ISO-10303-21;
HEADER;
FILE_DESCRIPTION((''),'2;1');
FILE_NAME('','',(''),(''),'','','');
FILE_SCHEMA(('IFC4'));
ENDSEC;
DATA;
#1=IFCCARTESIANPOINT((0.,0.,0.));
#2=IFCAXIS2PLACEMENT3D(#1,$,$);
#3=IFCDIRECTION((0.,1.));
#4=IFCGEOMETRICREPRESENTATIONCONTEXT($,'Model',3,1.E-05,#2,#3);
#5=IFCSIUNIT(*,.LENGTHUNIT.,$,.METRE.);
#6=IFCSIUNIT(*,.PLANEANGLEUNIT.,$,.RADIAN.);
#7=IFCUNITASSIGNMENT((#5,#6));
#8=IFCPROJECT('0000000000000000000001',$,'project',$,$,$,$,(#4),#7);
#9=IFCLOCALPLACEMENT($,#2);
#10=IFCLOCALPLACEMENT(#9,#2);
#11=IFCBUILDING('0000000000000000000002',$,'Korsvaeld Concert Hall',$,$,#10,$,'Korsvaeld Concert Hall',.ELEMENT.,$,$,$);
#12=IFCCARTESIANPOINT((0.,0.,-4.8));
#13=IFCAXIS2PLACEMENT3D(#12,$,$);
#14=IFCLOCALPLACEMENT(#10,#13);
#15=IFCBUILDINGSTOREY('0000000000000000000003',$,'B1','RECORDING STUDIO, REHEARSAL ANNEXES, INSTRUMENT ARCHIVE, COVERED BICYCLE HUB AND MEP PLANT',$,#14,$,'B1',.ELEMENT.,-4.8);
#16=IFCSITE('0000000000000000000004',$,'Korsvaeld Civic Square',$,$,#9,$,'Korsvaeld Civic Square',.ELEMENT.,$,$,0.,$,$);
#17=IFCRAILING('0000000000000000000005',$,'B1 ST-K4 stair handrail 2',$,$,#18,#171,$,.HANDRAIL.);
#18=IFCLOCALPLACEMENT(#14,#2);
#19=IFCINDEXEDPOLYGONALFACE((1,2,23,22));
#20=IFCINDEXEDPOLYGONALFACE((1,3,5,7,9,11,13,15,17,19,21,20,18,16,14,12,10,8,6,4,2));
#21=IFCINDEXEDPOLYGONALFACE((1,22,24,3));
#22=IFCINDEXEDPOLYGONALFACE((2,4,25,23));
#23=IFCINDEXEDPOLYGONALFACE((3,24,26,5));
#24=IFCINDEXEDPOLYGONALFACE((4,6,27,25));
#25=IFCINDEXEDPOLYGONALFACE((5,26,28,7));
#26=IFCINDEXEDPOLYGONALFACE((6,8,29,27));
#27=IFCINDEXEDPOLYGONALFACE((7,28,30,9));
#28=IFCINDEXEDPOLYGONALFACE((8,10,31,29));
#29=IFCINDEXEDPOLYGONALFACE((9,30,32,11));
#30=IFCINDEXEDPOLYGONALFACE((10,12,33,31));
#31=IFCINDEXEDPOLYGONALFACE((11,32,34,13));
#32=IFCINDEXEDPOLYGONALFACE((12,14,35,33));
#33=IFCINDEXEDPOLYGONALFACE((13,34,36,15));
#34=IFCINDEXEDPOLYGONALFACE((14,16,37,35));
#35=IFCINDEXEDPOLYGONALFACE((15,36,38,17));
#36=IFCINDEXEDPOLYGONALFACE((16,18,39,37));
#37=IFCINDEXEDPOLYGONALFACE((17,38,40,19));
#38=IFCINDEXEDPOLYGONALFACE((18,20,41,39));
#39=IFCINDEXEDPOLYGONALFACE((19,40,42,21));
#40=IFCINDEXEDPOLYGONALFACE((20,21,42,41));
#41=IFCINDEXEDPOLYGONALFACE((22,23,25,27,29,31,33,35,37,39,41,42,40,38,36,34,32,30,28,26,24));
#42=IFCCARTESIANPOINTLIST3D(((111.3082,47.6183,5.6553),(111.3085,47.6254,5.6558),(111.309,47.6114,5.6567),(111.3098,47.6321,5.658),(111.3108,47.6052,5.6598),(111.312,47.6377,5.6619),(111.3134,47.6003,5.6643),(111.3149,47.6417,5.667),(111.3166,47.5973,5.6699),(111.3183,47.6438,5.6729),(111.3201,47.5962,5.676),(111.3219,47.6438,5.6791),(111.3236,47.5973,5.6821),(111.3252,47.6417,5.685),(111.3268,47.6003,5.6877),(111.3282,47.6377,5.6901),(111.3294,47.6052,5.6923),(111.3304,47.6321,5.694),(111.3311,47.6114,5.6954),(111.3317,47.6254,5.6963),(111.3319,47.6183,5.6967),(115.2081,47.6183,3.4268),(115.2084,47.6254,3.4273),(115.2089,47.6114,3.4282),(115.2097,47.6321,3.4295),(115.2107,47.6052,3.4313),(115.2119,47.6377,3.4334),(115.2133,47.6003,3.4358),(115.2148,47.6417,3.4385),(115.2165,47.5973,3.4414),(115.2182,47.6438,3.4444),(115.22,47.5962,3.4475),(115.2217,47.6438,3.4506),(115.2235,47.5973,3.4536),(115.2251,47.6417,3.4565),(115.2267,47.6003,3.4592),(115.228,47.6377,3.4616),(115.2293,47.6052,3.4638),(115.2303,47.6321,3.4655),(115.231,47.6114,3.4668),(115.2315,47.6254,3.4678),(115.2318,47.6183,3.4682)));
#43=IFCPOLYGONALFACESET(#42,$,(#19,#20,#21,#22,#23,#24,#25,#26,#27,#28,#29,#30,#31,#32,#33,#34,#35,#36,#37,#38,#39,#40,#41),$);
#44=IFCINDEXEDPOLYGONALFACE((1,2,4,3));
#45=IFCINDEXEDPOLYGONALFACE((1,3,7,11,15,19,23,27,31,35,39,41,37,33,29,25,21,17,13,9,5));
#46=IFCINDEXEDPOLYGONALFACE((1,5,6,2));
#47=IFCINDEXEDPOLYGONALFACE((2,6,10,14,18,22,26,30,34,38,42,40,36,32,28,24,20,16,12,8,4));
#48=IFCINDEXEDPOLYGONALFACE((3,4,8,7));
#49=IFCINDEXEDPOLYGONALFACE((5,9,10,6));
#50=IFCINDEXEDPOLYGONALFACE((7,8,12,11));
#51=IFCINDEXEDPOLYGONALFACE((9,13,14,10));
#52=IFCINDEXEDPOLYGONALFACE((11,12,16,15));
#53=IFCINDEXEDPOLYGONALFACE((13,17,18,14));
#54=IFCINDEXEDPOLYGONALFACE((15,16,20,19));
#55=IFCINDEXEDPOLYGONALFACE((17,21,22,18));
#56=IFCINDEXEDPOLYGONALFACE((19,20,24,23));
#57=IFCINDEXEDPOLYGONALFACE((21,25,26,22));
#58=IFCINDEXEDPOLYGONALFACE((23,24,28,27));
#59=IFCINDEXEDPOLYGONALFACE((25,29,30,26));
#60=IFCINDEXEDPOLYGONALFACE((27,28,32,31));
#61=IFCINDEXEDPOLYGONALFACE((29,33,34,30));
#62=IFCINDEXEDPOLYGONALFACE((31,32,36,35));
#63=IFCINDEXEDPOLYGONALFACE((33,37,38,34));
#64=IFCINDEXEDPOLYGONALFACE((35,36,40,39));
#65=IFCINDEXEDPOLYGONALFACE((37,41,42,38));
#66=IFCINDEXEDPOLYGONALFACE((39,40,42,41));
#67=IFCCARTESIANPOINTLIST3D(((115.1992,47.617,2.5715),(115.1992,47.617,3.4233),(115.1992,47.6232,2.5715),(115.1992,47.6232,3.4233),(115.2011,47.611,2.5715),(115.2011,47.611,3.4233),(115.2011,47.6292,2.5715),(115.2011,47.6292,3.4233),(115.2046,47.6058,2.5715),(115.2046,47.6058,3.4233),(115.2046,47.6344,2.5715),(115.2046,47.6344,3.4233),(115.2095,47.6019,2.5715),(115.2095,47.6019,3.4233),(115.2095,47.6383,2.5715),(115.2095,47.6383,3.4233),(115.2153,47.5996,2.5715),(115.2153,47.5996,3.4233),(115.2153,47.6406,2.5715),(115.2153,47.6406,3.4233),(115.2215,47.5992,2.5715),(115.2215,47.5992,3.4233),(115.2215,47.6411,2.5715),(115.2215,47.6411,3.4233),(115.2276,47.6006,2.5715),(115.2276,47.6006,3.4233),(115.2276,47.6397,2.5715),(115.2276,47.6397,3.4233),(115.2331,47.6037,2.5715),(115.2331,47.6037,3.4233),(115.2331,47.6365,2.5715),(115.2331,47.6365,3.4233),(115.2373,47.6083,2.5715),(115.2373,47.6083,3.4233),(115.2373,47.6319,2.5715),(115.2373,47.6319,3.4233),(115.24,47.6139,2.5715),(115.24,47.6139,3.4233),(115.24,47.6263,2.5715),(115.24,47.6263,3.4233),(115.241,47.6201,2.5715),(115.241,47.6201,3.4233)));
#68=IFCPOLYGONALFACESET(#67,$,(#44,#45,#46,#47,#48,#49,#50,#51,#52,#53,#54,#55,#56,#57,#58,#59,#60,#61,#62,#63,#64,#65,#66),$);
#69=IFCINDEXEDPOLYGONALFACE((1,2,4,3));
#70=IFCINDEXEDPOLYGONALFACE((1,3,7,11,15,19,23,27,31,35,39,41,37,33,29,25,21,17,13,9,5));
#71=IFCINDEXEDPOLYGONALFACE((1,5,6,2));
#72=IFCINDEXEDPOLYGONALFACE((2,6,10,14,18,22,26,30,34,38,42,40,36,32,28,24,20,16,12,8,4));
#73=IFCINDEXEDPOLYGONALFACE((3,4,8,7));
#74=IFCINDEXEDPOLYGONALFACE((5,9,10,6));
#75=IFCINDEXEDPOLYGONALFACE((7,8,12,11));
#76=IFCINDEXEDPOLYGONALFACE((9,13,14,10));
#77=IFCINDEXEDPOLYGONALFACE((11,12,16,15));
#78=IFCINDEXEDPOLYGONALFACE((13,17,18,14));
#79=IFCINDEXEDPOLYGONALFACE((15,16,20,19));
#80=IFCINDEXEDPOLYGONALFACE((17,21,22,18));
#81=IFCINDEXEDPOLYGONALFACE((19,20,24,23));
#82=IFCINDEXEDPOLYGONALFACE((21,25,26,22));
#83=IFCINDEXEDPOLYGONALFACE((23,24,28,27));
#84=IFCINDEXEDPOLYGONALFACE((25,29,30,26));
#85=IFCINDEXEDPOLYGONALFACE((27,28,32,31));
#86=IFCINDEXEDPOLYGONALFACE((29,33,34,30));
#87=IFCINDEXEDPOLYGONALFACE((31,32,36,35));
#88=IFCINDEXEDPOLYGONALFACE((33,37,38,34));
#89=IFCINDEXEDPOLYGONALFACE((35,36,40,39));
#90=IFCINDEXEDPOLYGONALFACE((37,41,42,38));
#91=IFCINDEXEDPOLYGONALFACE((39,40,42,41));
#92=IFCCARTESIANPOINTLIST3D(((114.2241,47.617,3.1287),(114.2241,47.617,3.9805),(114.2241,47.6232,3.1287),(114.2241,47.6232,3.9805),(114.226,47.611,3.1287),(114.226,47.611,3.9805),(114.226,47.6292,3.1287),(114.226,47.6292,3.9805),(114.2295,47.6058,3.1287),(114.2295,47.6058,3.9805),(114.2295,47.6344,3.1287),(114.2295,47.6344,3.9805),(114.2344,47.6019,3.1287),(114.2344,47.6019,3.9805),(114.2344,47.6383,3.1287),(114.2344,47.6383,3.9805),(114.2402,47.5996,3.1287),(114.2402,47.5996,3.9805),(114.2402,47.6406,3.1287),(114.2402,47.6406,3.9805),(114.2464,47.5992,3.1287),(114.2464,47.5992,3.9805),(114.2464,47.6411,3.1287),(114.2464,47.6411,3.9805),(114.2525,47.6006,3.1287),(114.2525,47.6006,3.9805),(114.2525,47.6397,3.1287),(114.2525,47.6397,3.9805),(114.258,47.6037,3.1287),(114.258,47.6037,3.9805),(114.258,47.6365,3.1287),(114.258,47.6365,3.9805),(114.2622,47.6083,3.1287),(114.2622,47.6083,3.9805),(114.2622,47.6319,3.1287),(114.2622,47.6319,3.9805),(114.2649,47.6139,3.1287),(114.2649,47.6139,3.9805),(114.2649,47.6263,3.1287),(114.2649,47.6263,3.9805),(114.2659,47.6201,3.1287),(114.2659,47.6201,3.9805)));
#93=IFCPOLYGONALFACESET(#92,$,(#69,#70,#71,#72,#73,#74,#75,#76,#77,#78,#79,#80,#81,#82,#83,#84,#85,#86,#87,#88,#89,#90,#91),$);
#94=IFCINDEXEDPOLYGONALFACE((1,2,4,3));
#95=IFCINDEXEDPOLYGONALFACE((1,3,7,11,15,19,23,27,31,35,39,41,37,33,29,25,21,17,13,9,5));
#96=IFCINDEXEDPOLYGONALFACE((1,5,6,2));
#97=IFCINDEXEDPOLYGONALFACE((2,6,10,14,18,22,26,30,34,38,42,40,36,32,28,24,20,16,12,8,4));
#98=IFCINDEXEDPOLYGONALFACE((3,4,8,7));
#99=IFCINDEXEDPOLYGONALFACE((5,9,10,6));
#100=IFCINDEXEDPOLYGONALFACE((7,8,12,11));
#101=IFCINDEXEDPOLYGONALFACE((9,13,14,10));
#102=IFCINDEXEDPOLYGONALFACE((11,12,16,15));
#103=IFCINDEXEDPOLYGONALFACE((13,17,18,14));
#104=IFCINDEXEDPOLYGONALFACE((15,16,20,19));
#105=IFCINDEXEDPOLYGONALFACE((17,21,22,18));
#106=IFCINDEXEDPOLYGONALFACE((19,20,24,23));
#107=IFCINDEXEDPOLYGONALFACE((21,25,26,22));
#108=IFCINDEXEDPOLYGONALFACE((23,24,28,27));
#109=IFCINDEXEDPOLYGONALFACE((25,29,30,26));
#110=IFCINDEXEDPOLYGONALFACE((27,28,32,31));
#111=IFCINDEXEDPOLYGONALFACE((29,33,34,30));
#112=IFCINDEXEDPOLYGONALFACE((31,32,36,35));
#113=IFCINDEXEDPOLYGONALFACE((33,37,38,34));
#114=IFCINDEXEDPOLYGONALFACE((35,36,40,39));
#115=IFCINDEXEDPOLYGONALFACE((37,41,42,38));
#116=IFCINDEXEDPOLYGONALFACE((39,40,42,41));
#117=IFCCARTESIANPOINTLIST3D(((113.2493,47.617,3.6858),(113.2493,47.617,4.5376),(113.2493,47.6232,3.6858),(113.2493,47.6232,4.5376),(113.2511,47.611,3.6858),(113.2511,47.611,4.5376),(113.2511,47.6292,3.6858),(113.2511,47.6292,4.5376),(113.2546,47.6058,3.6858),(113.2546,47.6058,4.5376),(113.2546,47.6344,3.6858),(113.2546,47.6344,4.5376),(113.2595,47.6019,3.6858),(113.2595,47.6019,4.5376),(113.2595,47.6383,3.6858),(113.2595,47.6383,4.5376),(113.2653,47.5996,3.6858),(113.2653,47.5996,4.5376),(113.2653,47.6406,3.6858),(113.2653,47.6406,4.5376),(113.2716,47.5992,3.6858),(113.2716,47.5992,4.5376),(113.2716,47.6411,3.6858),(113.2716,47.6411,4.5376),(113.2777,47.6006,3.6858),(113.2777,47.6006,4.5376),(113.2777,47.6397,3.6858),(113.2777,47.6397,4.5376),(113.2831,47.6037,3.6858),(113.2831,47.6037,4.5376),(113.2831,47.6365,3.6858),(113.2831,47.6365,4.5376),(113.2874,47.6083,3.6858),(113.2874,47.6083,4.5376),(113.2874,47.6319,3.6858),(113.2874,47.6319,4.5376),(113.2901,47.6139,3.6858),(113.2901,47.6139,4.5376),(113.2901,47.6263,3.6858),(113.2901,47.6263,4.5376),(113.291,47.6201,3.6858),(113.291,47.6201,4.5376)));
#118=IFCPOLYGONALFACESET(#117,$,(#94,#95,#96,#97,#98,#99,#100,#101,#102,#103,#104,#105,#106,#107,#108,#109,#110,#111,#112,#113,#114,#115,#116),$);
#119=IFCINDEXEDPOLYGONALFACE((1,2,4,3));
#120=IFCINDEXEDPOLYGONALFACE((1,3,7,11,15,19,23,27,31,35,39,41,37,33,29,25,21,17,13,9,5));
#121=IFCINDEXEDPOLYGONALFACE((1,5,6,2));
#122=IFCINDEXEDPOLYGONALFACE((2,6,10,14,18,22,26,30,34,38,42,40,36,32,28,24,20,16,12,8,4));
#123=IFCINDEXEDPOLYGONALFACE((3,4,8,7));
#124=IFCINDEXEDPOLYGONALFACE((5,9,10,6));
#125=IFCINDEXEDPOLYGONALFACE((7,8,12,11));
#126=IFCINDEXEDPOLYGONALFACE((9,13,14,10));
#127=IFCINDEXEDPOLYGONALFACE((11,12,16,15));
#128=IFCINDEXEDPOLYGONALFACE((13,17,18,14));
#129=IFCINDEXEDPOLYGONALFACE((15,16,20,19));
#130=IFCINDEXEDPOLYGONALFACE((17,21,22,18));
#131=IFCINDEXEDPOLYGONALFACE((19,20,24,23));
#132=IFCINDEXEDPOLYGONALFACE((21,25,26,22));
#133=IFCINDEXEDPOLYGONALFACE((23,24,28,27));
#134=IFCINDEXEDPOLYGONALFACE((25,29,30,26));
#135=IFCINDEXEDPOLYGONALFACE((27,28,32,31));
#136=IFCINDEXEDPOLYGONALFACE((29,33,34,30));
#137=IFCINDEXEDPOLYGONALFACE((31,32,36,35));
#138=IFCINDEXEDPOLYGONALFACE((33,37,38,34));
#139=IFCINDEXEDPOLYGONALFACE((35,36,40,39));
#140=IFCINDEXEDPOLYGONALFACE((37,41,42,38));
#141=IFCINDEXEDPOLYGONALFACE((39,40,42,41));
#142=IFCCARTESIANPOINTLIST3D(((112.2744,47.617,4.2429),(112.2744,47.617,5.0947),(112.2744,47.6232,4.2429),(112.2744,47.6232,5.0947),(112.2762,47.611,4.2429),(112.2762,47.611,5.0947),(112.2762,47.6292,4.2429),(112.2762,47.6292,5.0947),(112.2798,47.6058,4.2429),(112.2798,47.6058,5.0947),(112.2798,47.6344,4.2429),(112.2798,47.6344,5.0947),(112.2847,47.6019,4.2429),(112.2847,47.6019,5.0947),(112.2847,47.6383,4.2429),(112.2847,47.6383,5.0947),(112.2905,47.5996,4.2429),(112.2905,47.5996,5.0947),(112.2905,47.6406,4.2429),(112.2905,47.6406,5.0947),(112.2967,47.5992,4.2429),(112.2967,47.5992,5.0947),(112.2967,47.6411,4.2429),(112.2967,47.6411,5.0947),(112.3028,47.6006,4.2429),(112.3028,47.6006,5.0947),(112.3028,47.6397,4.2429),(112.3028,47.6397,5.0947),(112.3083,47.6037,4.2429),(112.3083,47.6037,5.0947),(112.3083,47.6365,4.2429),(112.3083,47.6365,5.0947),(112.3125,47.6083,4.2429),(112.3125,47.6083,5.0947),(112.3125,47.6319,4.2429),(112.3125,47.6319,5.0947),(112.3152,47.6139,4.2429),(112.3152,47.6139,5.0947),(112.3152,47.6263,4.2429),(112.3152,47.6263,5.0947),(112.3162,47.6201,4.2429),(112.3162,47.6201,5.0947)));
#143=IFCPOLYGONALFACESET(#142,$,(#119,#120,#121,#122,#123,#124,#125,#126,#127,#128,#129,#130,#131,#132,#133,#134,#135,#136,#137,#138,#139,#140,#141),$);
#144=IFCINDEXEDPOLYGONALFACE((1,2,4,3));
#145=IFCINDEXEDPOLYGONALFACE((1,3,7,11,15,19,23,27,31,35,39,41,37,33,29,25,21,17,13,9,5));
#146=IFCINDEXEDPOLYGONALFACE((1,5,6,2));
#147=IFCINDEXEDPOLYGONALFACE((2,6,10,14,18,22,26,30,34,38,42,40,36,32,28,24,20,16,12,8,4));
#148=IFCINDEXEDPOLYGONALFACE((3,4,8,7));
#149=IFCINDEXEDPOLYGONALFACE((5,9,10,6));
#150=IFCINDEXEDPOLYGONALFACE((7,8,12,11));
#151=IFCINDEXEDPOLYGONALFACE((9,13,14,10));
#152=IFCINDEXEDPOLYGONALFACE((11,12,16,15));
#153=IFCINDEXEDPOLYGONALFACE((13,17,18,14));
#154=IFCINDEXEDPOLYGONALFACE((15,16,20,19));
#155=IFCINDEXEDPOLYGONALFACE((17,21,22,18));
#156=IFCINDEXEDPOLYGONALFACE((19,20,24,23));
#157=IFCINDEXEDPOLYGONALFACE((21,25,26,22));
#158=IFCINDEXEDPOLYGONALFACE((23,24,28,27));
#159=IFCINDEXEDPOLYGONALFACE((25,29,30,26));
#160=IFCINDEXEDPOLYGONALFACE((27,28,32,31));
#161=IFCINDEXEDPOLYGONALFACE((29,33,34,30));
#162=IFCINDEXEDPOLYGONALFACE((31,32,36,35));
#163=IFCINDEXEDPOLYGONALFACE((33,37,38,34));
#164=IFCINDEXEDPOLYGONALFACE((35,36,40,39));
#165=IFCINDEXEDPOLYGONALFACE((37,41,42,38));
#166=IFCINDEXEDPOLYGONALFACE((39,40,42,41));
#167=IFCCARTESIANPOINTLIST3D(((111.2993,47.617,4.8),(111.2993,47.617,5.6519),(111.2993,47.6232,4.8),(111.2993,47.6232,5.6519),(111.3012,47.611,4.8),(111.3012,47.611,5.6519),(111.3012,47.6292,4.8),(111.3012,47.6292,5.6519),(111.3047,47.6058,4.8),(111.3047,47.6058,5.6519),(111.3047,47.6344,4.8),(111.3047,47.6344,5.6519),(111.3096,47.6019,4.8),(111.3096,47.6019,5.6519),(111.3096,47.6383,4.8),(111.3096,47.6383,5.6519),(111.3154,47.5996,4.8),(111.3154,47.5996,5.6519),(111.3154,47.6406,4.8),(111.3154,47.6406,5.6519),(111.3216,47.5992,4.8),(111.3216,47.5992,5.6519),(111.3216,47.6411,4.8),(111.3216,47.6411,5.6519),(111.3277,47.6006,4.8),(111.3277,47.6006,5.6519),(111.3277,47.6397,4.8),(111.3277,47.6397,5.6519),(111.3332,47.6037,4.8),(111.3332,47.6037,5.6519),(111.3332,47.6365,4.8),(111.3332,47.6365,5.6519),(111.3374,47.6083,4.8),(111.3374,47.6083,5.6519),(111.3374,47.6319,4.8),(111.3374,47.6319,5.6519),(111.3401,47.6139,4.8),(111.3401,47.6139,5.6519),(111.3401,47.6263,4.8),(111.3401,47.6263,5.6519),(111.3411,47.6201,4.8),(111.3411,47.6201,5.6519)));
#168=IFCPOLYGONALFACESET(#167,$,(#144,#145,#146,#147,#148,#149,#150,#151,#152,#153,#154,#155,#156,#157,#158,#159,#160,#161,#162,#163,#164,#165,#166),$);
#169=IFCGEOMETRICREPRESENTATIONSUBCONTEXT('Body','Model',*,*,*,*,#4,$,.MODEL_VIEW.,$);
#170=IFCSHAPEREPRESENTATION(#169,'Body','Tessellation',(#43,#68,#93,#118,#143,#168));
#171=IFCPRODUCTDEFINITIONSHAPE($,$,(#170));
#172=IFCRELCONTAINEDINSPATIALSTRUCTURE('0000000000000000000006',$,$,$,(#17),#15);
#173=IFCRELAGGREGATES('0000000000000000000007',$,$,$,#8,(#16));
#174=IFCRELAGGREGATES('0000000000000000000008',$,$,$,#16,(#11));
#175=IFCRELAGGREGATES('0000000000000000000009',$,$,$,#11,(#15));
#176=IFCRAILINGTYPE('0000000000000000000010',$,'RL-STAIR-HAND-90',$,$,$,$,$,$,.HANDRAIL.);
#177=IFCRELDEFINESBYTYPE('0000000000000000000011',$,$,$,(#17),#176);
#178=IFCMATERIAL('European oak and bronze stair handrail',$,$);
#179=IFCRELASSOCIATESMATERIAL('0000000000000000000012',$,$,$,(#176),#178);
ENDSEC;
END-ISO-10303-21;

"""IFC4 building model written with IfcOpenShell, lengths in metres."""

from ifc_helpers import new_model, si_unit, direction, frame, origin, origin_2d, place, context, subcontext, project, spatial, circle, extrude, material, type_object, element, save


model = new_model("IFC4")

# Units and contexts
model_context = context("Model", 3, precision=1e-05, world=origin(), true_north=direction((0.0, 1.0)))
body_context = subcontext(model_context, "Body", "Model", "MODEL_VIEW")
ifc_project = project(units=[si_unit("LENGTHUNIT", "METRE"), si_unit("PLANEANGLEUNIT", "RADIAN")], contexts=[model_context])

# Site, building, storey
site_placement = place(None, origin())
site = spatial("IfcSite", under=ifc_project, at=site_placement, Name="Korsvaeld Civic Square", LongName="Korsvaeld Civic Square", CompositionType="ELEMENT", RefElevation=0.0)
building_placement = place(site_placement, origin())
building = spatial("IfcBuilding", under=site, at=building_placement, Name="Korsvaeld Concert Hall", LongName="Korsvaeld Concert Hall", CompositionType="ELEMENT")
storey_placement = place(building_placement, frame((0.0, 0.0, -4.8)))
storey = spatial("IfcBuildingStorey", under=building, at=storey_placement, Name="B1", Description="RECORDING STUDIO, REHEARSAL ANNEXES, INSTRUMENT ARCHIVE, COVERED BICYCLE HUB AND MEP PLANT", LongName="B1", CompositionType="ELEMENT", Elevation=-4.8)

# Railing
ifc_material_1 = material(Name="European oak and bronze stair handrail")
railing_type_1 = type_object("IfcRailingType", Name="RL-STAIR-HAND-90", PredefinedType="HANDRAIL", material=ifc_material_1)
railing_1_placement = place(storey_placement, frame((115.22, 47.6201, 2.5715)))
element("IfcRailing", 1, at=railing_1_placement, inside=storey, type_object=railing_type_1, Name="B1 ST-K4 stair handrail 2", PredefinedType="HANDRAIL", context=body_context, shape_type="SweptSolid", body=[
    extrude(circle(Radius=0.0239, at=origin_2d()), frame((0.0, 0.0, 0.876), z_axis=(-0.868243, 0.0, 0.496139), x_axis=(0.0, -1.0, 0.0)), (0.0, 0.0, 1.0), 4.4917),
    extrude(circle(Radius=0.021, at=origin_2d()), origin(), (0.0, 0.0, 1.0), 0.8518),
    extrude(circle(Radius=0.021, at=origin_2d()), frame((-0.9751, 0.0, 0.5571)), (0.0, 0.0, 1.0), 0.8518),
    extrude(circle(Radius=0.021, at=origin_2d()), frame((-1.95, 0.0, 1.1143)), (0.0, 0.0, 1.0), 0.8518),
    extrude(circle(Radius=0.021, at=origin_2d()), frame((-2.9248, 0.0, 1.6714)), (0.0, 0.0, 1.0), 0.8518),
    extrude(circle(Radius=0.021, at=origin_2d()), frame((-3.8999, 0.0, 2.2285)), (0.0, 0.0, 1.0), 0.8518),
])

save(model, "model.ifc")
